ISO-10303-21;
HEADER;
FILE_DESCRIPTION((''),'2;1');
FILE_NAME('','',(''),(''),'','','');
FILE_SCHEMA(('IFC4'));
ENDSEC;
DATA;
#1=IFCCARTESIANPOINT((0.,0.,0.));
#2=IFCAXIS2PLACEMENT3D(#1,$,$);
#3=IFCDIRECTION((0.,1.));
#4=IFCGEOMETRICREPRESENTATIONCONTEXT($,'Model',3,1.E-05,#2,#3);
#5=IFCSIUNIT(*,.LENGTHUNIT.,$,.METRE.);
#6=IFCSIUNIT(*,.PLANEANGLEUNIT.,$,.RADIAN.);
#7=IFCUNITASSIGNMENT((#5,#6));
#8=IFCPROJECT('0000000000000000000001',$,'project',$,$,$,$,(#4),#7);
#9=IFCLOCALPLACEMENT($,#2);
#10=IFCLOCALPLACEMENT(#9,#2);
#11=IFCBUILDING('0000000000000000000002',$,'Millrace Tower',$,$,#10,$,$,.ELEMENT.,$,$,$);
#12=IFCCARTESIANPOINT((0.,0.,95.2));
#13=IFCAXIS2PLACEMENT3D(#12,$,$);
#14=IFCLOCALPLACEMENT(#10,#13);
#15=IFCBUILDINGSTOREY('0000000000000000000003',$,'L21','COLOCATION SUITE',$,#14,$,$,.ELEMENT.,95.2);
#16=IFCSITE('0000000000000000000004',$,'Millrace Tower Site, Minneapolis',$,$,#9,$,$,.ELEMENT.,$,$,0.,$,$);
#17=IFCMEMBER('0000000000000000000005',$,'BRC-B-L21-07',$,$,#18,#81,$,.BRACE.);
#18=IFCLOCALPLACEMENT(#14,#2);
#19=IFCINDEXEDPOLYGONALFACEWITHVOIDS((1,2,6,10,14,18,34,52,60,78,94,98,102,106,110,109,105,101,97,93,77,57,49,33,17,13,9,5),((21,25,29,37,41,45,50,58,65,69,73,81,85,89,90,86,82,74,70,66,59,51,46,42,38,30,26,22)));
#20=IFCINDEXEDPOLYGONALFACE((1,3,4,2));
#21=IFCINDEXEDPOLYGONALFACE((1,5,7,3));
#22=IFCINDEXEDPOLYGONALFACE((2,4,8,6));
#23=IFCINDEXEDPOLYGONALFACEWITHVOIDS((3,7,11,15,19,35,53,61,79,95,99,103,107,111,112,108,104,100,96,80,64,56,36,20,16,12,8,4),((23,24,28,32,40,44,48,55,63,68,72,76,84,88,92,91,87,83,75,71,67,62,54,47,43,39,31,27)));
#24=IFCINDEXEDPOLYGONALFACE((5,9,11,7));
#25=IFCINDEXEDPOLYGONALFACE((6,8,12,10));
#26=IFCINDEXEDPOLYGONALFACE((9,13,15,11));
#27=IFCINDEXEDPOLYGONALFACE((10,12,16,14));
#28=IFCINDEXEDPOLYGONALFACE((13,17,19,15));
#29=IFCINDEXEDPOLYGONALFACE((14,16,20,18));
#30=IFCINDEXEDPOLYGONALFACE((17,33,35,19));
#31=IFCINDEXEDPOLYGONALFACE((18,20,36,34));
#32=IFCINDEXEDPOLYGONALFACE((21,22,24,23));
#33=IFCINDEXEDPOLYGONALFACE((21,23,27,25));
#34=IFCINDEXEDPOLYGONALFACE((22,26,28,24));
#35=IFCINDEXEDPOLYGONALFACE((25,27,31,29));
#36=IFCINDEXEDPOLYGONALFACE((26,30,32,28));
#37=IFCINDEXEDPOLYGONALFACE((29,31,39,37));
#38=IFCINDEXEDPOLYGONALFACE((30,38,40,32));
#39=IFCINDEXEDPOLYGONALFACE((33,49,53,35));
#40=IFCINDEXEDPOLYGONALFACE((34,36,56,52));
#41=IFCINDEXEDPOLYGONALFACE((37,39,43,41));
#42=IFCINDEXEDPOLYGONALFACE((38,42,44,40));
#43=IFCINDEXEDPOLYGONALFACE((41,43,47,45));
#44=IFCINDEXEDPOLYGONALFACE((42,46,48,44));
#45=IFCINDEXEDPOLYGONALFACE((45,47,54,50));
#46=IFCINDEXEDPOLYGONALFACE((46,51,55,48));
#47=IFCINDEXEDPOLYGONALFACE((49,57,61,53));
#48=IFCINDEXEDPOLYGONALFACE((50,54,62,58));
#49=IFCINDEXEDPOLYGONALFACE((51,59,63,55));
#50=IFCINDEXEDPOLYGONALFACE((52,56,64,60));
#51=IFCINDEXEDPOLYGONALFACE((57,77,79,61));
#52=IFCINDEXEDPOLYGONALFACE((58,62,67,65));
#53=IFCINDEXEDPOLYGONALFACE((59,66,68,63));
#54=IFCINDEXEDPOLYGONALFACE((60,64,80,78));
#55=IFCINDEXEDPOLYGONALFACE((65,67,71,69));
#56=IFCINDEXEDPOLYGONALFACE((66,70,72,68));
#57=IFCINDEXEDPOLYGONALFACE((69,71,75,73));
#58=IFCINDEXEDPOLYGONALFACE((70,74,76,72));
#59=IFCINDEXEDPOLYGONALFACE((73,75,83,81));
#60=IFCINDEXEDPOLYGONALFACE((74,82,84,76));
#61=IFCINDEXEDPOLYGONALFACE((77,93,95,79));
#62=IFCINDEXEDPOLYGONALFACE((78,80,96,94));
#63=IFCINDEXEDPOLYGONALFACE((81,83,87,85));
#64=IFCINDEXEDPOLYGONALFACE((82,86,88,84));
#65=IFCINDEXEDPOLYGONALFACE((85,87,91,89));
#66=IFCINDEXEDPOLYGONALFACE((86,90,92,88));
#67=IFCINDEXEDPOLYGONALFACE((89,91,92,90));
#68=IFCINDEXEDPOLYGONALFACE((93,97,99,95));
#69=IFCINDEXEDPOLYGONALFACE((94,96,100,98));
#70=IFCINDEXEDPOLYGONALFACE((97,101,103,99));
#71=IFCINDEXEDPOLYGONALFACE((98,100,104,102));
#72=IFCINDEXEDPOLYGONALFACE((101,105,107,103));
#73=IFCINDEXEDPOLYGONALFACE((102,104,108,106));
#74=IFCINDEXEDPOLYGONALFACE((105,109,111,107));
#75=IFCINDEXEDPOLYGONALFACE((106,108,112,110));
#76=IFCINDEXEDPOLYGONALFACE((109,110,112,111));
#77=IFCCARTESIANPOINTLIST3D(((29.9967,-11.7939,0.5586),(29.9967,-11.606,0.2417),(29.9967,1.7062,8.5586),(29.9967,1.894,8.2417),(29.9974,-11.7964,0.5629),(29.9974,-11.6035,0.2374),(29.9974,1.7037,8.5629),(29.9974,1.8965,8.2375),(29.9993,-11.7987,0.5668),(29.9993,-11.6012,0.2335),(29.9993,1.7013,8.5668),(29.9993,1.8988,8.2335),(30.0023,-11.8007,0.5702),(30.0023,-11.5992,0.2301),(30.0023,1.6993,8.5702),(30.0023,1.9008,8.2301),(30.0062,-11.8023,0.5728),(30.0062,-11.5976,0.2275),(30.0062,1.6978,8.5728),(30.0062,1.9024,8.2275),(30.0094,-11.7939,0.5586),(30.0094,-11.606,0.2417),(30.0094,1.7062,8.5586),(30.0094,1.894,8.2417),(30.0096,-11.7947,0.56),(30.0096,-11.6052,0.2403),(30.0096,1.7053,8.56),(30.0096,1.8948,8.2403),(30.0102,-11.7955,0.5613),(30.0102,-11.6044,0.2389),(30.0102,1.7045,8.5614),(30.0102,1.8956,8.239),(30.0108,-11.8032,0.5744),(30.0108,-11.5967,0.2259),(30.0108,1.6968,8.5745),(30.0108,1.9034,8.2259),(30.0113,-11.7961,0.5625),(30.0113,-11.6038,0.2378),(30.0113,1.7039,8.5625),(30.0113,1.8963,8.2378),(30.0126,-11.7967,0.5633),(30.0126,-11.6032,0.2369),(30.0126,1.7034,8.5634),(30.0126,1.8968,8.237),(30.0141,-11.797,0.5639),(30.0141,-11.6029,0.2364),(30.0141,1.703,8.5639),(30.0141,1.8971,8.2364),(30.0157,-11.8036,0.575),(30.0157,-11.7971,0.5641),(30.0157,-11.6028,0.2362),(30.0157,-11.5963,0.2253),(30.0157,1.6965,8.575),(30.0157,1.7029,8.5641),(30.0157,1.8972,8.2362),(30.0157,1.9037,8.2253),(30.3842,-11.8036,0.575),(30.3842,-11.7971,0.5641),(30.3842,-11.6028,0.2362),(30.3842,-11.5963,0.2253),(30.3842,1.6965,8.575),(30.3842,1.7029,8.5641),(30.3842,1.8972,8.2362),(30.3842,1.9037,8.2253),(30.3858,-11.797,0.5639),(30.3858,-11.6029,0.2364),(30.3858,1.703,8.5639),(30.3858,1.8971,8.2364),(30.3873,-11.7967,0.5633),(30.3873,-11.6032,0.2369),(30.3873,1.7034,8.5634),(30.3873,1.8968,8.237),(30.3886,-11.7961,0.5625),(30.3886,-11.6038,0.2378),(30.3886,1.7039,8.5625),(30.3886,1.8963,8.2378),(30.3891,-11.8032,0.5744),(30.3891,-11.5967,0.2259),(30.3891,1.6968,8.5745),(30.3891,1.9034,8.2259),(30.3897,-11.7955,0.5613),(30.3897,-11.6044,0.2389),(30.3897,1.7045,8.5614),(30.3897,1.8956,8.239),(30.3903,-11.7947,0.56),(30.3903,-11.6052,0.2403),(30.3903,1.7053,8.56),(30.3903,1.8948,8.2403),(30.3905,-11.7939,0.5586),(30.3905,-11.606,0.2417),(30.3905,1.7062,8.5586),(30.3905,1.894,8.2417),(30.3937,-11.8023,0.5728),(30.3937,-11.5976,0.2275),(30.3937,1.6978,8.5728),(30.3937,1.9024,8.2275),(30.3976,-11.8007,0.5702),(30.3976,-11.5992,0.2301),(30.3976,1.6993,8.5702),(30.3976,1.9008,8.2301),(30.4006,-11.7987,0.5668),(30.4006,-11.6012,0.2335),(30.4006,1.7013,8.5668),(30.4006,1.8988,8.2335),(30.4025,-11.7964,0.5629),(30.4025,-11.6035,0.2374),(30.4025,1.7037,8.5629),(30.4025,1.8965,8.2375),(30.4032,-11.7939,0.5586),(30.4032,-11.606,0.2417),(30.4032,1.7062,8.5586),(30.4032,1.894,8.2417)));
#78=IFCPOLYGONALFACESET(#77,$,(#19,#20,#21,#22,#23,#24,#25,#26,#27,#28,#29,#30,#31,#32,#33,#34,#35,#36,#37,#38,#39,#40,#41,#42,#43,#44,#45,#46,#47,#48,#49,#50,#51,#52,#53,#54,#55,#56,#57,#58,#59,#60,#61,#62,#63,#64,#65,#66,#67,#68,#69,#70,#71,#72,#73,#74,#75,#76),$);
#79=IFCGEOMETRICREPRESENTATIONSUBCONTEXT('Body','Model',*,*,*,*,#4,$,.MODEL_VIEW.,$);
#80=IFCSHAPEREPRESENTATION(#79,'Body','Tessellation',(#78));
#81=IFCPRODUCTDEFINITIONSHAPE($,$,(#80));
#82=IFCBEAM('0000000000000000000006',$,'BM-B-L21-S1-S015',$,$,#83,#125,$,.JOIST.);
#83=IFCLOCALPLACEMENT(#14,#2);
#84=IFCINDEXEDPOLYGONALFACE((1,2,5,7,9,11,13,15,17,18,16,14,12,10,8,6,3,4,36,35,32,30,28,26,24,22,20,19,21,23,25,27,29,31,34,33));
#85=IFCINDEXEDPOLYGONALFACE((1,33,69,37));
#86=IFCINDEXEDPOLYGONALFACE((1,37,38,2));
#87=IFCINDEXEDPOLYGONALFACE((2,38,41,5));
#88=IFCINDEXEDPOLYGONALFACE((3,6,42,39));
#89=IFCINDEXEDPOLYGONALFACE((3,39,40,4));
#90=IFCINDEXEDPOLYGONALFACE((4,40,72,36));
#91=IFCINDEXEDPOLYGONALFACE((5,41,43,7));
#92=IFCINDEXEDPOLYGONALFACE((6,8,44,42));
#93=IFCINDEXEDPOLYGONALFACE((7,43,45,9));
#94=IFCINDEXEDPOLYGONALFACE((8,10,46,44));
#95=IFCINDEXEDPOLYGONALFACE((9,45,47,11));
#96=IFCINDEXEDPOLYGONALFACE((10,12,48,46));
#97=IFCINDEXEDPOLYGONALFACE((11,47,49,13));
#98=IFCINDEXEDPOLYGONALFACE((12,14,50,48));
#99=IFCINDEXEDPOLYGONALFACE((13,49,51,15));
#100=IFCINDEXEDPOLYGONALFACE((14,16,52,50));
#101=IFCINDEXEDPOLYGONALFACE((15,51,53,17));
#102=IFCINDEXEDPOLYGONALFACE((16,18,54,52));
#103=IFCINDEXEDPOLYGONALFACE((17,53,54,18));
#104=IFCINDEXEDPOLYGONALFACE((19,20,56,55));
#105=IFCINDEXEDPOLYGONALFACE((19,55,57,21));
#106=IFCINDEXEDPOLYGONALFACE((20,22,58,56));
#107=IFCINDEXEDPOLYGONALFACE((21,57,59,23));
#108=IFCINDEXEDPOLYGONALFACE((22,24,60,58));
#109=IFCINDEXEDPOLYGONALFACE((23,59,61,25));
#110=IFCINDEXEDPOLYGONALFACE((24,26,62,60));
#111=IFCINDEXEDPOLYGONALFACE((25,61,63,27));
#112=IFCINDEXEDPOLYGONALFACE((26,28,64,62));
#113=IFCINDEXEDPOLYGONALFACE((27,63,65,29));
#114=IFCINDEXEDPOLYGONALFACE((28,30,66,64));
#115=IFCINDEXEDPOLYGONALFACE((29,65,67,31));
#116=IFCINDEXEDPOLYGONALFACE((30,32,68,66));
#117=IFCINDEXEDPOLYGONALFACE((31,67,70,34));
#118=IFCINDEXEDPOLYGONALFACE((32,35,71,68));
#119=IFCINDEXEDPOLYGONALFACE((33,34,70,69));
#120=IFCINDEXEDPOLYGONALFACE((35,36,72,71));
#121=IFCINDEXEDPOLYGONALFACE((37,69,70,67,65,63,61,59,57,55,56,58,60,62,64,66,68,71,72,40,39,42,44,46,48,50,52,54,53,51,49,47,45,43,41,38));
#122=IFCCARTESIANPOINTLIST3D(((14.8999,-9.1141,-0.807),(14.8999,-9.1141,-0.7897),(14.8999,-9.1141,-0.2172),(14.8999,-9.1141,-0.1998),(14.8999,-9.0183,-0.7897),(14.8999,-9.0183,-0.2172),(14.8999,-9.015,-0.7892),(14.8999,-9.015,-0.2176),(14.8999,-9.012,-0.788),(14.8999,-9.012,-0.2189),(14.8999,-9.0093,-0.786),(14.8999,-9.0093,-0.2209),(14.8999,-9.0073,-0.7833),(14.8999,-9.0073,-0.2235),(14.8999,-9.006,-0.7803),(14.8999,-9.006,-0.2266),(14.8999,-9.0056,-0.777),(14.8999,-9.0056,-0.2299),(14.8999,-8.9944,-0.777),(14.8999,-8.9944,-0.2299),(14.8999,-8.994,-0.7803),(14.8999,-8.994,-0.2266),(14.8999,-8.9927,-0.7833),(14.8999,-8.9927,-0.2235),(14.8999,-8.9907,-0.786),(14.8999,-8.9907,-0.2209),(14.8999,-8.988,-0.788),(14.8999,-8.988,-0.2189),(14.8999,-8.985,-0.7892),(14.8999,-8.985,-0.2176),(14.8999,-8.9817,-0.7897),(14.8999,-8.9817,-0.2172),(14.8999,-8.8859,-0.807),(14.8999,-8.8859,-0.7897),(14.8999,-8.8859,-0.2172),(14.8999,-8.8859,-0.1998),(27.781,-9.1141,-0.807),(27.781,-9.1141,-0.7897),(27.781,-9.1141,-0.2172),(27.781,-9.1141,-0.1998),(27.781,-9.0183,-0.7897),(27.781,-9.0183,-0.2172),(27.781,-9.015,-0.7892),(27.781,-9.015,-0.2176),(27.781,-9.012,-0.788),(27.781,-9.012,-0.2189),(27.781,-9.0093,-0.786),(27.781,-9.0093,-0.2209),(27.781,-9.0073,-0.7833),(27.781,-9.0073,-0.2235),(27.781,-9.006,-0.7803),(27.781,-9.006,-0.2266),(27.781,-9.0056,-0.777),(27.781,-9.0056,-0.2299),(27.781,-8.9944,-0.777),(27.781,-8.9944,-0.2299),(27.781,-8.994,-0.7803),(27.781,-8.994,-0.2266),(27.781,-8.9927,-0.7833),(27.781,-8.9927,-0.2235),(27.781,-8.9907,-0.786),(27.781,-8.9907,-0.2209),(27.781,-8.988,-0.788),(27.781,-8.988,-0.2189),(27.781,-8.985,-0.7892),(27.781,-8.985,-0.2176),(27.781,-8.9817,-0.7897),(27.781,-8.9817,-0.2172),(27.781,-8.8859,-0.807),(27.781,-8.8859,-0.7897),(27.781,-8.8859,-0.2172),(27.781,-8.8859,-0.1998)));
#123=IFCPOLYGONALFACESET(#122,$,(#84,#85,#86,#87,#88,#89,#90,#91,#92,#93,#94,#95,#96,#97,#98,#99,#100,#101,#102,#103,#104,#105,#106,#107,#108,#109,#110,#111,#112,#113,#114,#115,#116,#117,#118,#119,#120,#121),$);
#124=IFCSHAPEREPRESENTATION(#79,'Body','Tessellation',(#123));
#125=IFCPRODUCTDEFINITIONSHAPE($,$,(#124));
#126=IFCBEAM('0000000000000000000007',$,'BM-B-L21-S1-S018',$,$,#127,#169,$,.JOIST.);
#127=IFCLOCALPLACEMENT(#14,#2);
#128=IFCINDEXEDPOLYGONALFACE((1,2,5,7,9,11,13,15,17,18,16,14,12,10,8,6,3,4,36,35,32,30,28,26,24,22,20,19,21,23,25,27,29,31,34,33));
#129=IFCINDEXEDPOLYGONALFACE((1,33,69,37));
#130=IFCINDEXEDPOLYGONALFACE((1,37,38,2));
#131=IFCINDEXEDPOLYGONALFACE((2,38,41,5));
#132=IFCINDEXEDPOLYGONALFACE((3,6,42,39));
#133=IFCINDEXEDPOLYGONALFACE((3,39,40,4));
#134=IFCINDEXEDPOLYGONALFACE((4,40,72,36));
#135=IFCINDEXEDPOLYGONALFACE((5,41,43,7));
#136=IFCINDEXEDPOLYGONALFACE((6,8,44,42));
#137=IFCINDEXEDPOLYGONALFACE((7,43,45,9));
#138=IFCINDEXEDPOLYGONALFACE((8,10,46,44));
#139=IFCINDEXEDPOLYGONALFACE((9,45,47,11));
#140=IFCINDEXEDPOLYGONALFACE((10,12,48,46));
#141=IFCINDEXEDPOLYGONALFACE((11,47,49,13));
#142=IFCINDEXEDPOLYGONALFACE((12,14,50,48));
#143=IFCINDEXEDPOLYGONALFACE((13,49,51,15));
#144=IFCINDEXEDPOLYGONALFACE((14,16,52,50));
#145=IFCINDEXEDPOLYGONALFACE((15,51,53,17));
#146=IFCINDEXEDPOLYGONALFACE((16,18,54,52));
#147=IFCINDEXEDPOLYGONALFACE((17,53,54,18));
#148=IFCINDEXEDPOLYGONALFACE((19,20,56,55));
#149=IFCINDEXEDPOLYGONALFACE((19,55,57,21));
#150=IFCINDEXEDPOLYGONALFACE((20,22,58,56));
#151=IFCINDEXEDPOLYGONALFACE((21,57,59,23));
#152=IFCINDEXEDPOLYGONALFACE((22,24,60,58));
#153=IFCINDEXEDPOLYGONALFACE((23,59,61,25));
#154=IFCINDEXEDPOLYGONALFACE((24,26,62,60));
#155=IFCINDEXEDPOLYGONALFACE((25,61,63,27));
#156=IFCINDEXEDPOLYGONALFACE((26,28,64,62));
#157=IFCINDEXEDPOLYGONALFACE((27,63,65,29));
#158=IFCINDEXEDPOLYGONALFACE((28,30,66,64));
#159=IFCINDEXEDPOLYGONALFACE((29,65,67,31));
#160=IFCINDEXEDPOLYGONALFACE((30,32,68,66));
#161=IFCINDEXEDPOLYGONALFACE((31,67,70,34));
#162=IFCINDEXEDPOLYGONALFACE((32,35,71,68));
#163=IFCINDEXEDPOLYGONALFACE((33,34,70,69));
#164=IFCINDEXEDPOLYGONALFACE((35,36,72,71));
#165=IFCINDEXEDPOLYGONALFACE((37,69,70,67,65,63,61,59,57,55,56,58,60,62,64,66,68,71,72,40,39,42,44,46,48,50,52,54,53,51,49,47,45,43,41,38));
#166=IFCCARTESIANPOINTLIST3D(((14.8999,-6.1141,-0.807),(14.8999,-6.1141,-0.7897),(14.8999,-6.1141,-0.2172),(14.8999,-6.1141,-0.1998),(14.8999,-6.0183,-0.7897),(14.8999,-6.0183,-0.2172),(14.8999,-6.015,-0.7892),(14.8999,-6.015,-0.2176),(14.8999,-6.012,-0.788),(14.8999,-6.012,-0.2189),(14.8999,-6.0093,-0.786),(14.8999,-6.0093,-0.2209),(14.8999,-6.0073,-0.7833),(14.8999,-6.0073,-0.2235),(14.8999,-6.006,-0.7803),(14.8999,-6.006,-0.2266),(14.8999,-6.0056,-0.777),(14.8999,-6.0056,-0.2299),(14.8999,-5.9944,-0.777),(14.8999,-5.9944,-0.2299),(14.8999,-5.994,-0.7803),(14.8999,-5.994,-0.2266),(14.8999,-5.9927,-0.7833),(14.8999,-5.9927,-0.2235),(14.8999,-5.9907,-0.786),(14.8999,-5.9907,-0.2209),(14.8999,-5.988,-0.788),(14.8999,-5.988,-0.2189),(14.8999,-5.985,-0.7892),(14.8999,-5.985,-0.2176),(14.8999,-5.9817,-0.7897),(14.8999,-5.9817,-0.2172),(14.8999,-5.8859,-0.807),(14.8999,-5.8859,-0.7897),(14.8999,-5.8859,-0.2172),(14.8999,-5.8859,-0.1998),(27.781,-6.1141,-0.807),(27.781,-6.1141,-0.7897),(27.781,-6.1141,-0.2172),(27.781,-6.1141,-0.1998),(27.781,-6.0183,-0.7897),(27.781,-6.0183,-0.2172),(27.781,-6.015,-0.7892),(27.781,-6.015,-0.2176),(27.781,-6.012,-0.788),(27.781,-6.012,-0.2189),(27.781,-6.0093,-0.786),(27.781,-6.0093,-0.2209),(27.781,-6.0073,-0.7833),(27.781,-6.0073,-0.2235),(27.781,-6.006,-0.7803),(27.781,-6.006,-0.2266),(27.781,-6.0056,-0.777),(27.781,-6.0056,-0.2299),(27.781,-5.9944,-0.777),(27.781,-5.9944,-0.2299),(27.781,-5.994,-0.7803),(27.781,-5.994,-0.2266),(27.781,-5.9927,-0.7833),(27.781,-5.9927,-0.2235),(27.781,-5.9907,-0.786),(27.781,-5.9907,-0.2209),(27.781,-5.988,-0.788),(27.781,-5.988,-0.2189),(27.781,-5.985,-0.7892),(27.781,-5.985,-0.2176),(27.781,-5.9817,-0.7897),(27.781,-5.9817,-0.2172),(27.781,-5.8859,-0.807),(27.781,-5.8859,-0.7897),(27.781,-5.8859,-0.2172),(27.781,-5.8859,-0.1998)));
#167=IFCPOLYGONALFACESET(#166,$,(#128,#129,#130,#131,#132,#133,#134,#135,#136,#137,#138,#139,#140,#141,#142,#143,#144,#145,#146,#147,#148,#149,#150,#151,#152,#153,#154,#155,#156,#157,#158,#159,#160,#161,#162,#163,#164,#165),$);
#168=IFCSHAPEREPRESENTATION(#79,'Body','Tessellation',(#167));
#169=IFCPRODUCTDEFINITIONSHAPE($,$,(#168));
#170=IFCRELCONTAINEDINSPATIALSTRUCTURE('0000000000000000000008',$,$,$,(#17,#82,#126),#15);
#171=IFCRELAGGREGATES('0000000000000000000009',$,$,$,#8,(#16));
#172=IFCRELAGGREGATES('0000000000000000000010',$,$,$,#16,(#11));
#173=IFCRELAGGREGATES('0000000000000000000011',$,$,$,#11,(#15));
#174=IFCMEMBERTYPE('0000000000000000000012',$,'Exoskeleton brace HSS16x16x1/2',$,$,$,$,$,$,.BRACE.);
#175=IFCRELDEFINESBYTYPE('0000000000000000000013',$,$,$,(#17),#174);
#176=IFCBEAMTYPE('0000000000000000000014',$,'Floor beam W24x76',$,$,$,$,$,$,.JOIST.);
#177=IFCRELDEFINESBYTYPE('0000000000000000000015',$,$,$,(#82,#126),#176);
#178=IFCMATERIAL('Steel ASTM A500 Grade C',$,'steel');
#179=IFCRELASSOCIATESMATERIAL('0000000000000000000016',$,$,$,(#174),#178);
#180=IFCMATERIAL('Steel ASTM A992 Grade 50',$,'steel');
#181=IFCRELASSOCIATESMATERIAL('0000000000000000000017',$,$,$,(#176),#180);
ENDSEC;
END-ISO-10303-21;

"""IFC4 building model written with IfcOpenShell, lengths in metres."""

from ifc_helpers import new_model, si_unit, direction, frame, origin, origin_2d, place, context, subcontext, project, spatial, hollow_rectangle, i_section, extrude, material, material_profile, profile_set, type_object, element, save


model = new_model("IFC4")

# Units and contexts
model_context = context("Model", 3, precision=1e-05, world=origin(), true_north=direction((0.0, 1.0)))
body_context = subcontext(model_context, "Body", "Model", "MODEL_VIEW")
ifc_project = project(units=[si_unit("LENGTHUNIT", "METRE"), si_unit("PLANEANGLEUNIT", "RADIAN")], contexts=[model_context])

# Site, building, storey
site_placement = place(None, origin())
site = spatial("IfcSite", under=ifc_project, at=site_placement, Name="Millrace Tower Site, Minneapolis", CompositionType="ELEMENT", RefElevation=0.0)
building_placement = place(site_placement, origin())
building = spatial("IfcBuilding", under=site, at=building_placement, Name="Millrace Tower", CompositionType="ELEMENT")
storey_placement = place(building_placement, frame((0.0, 0.0, 95.2)))
storey = spatial("IfcBuildingStorey", under=building, at=storey_placement, Name="L21", Description="COLOCATION SUITE", CompositionType="ELEMENT", Elevation=95.2)

# Member
ifc_material_1 = material(Name="Steel ASTM A500 Grade C", Category="steel")
ifc_material_profile_1 = material_profile(ifc_material_1, hollow_rectangle(XDim=0.4065, YDim=0.4065, WallThickness=0.0127, InnerFilletRadius=0.0063, OuterFilletRadius=0.019, at=origin_2d()))
ifc_profile_set_1 = profile_set([ifc_material_profile_1], Name="Steel ASTM A500 Grade C")
member_type_1 = type_object("IfcMemberType", Name="Exoskeleton brace HSS16x16x1/2", PredefinedType="BRACE", material=ifc_profile_set_1)
member_1_placement = place(storey_placement, frame((30.2, -11.7, 0.4001), z_axis=(0.0, 0.860292, 0.509802), x_axis=(-1.0, 0.0, 0.0)))
element("IfcMember", 1, at=member_1_placement, inside=storey, type_object=member_type_1, Name="BRC-B-L21-07", PredefinedType="BRACE", context=body_context, shape_type="SweptSolid", body=[
    extrude(hollow_rectangle(XDim=0.4065, YDim=0.4065, WallThickness=0.0127, InnerFilletRadius=0.0063, OuterFilletRadius=0.019, at=origin_2d()), origin(), (0.0, 0.0, 1.0), 15.6924),
])

# Beams
ifc_material_2 = material(Name="Steel ASTM A992 Grade 50", Category="steel")
ifc_material_profile_2 = material_profile(ifc_material_2, i_section(OverallWidth=0.2283, OverallDepth=0.6072, WebThickness=0.0112, FlangeThickness=0.0173, FilletRadius=0.0127, at=origin_2d()))
ifc_profile_set_2 = profile_set([ifc_material_profile_2], Name="Steel ASTM A992 Grade 50")
beam_type_1 = type_object("IfcBeamType", Name="Floor beam W24x76", PredefinedType="JOIST", material=ifc_profile_set_2)
for number, where, z_axis, x_axis, name in (
    (2, (14.8999, -9.0, -0.5034), (1.0, 0.0, 0.0), (0.0, 1.0, 0.0), "BM-B-L21-S1-S015"),
    (3, (14.8999, -6.0, -0.5034), (1.0, 0.0, 0.0), (0.0, 1.0, 0.0), "BM-B-L21-S1-S018"),
):
    element("IfcBeam", number, at=place(storey_placement, frame(where, z_axis=z_axis, x_axis=x_axis)), inside=storey, type_object=beam_type_1, Name=name, PredefinedType="JOIST", context=body_context, shape_type="SweptSolid", body=[
        extrude(i_section(OverallWidth=0.2283, OverallDepth=0.6072, WebThickness=0.0112, FlangeThickness=0.0173, FilletRadius=0.0127, at=origin_2d()), origin(), (0.0, 0.0, 1.0), 12.8811),
    ])

save(model, "model.ifc")
